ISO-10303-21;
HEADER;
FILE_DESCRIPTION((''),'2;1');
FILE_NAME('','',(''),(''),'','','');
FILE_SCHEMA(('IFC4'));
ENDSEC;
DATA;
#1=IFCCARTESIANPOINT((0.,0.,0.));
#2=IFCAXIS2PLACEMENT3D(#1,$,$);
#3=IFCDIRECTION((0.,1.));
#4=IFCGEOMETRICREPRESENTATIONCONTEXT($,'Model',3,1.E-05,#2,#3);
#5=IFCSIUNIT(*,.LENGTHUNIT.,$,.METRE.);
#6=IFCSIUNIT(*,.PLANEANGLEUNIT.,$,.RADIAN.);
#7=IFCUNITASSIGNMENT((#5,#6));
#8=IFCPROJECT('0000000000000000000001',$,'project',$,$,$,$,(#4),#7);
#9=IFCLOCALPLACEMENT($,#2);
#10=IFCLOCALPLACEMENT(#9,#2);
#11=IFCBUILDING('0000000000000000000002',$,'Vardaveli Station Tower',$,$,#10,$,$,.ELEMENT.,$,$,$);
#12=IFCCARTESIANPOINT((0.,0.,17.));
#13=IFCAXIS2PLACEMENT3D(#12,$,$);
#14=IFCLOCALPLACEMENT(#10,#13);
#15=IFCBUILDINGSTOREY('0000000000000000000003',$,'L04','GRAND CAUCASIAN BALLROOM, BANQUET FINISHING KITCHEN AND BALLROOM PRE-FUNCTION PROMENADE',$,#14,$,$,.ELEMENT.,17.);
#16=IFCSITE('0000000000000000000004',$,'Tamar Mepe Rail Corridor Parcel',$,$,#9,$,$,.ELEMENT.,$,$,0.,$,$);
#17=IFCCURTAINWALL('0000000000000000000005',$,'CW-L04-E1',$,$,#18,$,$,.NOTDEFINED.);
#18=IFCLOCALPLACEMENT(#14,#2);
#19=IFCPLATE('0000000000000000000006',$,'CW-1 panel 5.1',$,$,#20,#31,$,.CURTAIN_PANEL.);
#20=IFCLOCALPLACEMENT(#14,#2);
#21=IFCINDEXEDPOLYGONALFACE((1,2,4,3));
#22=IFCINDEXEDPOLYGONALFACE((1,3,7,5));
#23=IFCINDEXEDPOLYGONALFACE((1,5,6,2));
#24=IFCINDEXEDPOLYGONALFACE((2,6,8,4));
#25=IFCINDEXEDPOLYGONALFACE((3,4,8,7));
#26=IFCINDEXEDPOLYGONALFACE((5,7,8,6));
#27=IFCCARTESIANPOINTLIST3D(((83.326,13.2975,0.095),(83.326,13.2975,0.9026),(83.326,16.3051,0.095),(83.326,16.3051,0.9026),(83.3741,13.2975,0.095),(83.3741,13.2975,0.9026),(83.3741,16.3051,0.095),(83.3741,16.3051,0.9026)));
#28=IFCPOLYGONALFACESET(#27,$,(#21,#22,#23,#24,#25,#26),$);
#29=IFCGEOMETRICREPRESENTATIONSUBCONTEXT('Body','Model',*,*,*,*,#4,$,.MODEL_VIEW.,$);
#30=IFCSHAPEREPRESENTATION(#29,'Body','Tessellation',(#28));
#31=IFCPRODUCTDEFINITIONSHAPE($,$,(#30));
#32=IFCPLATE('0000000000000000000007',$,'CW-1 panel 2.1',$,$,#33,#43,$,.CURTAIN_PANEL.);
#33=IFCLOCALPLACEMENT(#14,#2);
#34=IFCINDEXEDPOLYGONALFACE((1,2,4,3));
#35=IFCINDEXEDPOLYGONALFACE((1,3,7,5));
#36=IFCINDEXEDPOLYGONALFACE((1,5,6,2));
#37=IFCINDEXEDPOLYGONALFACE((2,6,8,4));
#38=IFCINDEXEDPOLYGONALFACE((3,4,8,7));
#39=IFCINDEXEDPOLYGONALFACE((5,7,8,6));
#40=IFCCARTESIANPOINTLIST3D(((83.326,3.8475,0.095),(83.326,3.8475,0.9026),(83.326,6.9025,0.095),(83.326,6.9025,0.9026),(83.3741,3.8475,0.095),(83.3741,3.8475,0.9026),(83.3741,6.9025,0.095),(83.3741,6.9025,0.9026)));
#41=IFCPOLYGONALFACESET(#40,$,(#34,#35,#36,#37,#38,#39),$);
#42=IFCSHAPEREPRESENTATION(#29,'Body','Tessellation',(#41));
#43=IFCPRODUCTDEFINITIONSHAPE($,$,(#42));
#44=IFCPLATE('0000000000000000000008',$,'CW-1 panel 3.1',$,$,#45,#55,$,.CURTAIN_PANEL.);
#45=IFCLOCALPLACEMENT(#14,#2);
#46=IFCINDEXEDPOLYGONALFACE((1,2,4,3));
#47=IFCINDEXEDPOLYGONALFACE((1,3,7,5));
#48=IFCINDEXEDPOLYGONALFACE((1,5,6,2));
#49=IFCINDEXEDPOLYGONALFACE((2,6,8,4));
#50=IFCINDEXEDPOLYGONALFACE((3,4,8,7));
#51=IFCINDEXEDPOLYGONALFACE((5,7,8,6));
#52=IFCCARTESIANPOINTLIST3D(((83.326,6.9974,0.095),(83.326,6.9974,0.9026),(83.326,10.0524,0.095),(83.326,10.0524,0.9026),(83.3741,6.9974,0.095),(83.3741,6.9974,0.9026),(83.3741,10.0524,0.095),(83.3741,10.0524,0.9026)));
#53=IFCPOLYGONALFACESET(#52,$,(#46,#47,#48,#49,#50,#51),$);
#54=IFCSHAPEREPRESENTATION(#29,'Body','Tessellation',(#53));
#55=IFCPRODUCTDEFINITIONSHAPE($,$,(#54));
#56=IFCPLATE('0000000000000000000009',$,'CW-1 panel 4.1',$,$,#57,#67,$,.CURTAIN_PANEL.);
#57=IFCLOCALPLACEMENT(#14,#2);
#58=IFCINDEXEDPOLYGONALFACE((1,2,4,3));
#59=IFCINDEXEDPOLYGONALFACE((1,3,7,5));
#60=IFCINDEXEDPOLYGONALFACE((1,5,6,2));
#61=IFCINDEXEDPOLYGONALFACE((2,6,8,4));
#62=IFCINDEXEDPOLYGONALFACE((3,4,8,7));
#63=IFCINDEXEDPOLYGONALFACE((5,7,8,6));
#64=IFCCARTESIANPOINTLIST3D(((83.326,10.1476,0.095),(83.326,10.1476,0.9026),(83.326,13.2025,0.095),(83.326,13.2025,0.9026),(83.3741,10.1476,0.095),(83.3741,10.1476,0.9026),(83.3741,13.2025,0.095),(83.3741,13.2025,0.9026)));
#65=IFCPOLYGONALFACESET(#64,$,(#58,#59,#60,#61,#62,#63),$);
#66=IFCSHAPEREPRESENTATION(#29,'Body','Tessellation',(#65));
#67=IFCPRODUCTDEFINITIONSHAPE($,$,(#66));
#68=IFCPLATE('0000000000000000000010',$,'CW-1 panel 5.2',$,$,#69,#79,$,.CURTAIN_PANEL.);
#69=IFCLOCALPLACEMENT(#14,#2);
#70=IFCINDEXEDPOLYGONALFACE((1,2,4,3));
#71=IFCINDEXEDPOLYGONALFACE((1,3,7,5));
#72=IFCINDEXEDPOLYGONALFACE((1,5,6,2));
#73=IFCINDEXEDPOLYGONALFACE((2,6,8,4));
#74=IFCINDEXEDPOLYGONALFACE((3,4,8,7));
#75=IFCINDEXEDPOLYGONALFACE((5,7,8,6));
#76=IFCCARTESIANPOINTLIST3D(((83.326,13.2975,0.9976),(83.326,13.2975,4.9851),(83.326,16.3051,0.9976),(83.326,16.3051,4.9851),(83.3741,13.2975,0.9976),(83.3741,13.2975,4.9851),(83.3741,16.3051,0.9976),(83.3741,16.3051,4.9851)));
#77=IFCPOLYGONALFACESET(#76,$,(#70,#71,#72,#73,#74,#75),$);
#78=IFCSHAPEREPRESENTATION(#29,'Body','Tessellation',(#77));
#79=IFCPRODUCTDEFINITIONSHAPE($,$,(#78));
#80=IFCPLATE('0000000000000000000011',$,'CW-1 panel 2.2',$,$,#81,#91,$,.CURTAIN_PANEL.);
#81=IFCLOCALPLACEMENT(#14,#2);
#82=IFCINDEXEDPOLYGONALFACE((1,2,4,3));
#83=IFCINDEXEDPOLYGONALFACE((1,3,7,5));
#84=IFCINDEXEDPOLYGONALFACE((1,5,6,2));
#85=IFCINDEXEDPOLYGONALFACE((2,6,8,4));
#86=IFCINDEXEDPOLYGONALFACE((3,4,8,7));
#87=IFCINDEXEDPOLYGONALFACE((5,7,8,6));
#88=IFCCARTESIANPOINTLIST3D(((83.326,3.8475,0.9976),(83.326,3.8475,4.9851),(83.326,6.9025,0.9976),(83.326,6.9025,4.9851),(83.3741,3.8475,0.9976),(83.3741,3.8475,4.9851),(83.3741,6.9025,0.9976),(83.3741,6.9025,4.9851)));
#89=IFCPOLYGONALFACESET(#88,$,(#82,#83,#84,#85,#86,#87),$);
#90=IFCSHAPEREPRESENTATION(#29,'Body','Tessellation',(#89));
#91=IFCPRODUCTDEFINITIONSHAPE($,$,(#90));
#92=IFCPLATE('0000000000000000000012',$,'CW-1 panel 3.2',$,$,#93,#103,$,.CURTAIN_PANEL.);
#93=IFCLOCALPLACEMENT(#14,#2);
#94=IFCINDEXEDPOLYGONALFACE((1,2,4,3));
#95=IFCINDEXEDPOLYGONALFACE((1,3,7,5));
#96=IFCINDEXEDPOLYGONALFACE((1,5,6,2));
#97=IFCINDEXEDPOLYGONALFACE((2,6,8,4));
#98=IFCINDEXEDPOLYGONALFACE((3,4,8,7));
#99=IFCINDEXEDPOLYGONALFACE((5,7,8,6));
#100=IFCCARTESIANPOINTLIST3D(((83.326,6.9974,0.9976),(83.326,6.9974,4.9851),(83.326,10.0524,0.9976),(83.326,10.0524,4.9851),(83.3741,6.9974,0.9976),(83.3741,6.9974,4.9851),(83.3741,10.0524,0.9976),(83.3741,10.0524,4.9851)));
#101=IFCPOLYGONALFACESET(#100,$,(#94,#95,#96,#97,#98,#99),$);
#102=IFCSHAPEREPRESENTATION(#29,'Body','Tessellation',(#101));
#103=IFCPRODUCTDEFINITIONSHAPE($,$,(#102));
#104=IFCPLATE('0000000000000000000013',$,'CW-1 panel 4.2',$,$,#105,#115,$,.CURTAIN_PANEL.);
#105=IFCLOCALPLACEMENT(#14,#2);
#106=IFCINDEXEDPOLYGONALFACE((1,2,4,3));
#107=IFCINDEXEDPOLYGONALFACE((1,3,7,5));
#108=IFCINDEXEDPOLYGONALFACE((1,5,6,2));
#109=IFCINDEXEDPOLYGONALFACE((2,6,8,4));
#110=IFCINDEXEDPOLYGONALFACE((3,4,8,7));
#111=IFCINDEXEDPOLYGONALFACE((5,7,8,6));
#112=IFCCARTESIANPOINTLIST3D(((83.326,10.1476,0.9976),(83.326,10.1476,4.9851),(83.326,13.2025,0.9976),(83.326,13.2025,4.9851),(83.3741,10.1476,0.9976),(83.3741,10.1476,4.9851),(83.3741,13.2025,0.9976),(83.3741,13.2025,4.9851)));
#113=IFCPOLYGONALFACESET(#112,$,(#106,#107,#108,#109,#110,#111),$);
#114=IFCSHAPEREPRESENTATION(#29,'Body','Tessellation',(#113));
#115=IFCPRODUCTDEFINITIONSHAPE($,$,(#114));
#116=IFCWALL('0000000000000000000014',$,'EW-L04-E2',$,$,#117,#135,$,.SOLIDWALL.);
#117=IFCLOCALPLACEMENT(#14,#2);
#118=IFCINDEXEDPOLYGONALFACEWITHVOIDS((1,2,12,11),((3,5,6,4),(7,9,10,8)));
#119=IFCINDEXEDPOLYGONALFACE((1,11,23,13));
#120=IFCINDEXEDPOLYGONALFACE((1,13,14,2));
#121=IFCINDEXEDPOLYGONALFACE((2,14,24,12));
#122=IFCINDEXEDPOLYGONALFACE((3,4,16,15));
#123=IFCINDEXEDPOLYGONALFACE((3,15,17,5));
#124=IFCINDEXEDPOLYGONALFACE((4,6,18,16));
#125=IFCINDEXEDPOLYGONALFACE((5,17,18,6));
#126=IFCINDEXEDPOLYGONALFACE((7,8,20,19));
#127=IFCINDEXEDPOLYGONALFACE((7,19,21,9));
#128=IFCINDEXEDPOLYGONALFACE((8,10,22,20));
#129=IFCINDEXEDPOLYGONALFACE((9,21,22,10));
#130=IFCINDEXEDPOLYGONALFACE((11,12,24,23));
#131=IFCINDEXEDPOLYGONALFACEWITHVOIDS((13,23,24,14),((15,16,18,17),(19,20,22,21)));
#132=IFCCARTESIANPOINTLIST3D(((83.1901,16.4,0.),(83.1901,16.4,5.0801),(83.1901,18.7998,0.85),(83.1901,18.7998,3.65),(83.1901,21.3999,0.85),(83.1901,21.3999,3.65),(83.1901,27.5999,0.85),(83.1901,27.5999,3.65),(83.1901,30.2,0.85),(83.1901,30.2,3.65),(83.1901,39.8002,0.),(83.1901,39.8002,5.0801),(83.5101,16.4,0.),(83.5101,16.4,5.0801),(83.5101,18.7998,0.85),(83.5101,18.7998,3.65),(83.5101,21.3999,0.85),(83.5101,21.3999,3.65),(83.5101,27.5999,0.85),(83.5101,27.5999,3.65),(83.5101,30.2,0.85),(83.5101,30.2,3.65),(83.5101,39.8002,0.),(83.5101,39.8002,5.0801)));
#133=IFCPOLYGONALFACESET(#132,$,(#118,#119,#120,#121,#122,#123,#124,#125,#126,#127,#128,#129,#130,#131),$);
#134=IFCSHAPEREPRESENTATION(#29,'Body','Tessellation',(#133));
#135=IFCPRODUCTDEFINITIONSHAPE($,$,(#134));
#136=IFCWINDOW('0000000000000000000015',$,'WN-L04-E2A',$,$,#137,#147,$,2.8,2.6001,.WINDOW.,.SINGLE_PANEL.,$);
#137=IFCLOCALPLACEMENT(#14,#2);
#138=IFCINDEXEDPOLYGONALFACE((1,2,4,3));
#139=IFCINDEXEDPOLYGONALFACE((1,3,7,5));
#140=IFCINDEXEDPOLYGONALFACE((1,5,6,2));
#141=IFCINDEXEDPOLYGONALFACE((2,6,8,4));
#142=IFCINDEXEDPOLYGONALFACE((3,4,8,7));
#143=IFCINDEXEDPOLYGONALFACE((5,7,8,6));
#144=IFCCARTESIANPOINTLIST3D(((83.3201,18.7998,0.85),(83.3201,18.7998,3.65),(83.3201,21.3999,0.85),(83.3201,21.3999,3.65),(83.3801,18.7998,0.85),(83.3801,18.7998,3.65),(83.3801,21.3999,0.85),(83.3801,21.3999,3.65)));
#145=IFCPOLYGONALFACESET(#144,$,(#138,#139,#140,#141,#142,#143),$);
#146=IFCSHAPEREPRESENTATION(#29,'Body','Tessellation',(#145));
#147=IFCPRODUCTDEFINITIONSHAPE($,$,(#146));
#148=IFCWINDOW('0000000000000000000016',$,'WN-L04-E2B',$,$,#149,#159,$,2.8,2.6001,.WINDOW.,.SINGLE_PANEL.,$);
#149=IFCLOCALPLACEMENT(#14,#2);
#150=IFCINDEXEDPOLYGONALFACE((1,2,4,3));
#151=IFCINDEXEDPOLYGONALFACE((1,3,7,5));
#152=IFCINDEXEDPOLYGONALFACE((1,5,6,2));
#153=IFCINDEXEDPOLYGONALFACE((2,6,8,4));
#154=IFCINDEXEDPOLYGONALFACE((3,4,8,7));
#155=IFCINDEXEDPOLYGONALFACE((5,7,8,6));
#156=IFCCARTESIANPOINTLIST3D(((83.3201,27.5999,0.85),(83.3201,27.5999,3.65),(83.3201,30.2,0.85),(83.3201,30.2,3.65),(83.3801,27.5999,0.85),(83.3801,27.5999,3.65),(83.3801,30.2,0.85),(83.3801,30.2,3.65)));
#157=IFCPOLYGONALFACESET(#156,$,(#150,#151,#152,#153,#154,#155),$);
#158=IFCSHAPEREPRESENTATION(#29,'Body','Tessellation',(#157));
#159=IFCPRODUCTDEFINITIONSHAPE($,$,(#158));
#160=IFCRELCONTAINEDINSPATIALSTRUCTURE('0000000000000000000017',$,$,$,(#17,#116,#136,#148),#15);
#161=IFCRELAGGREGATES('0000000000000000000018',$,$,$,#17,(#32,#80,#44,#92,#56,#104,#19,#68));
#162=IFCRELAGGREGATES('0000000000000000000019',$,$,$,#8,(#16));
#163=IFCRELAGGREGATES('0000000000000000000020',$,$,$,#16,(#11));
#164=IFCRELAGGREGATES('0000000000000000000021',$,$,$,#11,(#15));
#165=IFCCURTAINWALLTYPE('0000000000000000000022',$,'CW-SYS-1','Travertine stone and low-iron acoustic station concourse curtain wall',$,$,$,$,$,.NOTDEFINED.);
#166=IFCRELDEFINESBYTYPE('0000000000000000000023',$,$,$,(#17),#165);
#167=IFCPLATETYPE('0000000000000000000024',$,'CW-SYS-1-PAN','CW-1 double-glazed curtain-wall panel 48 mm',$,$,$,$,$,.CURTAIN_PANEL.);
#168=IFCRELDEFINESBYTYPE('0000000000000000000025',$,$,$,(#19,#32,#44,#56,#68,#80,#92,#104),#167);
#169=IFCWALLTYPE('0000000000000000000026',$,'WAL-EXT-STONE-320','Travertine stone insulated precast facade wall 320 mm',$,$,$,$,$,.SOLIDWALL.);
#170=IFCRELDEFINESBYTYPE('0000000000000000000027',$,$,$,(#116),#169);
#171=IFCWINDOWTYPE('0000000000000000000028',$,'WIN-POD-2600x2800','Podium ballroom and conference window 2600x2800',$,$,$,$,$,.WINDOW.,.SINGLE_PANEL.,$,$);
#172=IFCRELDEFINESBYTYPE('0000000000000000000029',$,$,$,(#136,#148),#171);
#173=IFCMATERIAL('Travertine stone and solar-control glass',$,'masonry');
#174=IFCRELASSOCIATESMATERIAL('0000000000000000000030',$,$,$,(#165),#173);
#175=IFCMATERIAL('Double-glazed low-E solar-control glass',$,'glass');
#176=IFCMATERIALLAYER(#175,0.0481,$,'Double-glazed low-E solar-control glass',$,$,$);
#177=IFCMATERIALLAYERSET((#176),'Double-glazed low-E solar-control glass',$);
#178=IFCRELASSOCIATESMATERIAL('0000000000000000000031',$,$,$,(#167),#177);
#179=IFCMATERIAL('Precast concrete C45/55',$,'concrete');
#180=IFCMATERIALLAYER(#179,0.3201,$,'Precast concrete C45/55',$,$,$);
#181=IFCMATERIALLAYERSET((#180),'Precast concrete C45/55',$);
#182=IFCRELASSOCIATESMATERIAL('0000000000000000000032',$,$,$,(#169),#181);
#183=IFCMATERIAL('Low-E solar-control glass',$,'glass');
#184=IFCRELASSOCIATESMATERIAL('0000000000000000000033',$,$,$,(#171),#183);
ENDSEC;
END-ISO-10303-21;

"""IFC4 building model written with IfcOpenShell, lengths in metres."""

from ifc_helpers import new_model, si_unit, direction, frame, frame_2d, origin, origin_2d, place, context, subcontext, project, spatial, rectangle, extrude, source, transform, mapped, material, layer, layer_set, type_object, element, fill, aggregate, save


model = new_model("IFC4")

# Units and contexts
model_context = context("Model", 3, precision=1e-05, world=origin(), true_north=direction((0.0, 1.0)))
body_context = subcontext(model_context, "Body", "Model", "MODEL_VIEW")
ifc_project = project(units=[si_unit("LENGTHUNIT", "METRE"), si_unit("PLANEANGLEUNIT", "RADIAN")], contexts=[model_context])

# Site, building, storey
site_placement = place(None, origin())
site = spatial("IfcSite", under=ifc_project, at=site_placement, Name="Tamar Mepe Rail Corridor Parcel", CompositionType="ELEMENT", RefElevation=0.0)
building_placement = place(site_placement, origin())
building = spatial("IfcBuilding", under=site, at=building_placement, Name="Vardaveli Station Tower", CompositionType="ELEMENT")
storey_placement = place(building_placement, frame((0.0, 0.0, 17.0)))
storey = spatial("IfcBuildingStorey", under=building, at=storey_placement, Name="L04", Description="GRAND CAUCASIAN BALLROOM, BANQUET FINISHING KITCHEN AND BALLROOM PRE-FUNCTION PROMENADE", CompositionType="ELEMENT", Elevation=17.0)

# Curtain wall, plates
ifc_material_1 = material(Name="Travertine stone and solar-control glass", Category="masonry")
curtain_wall_type = type_object("IfcCurtainWallType", Name="CW-SYS-1", Description="Travertine stone and low-iron acoustic station concourse curtain wall", PredefinedType="NOTDEFINED", material=ifc_material_1)
curtain_wall_placement = place(storey_placement, origin())
curtain_wall = element("IfcCurtainWall", 1, at=curtain_wall_placement, inside=storey, type_object=curtain_wall_type, Name="CW-L04-E1", PredefinedType="NOTDEFINED")
ifc_material_2 = material(Name="Double-glazed low-E solar-control glass", Category="glass")
ifc_layer_1 = layer(ifc_material_2, 0.0481, Name="Double-glazed low-E solar-control glass")
ifc_layer_set_1 = layer_set([ifc_layer_1], Name="Double-glazed low-E solar-control glass")
plate_type = type_object("IfcPlateType", Name="CW-SYS-1-PAN", Description="CW-1 double-glazed curtain-wall panel 48 mm", PredefinedType="CURTAIN_PANEL", material=ifc_layer_set_1)
shared_shape_1 = source(origin(), body_context, "Body", "SweptSolid", [
    extrude(rectangle(XDim=3.0076, YDim=0.0481, at=origin_2d()), origin(), (0.0, 0.0, 1.0), 0.8076),
])
plate_1_placement = place(storey_placement, frame((83.3501, 14.8013, 0.095), z_axis=(0.0, 0.0, 1.0), x_axis=(0.0, 1.0, 0.0)))
plate_1 = element("IfcPlate", 2, at=plate_1_placement, type_object=plate_type, Name="CW-1 panel 5.1", PredefinedType="CURTAIN_PANEL", context=body_context, shape_type="MappedRepresentation", body=[
    mapped(shared_shape_1, transform((0.0, 0.0, 0.0), scale=1.0)),
])
shared_shape_2 = source(origin(), body_context, "Body", "SweptSolid", [
    extrude(rectangle(XDim=3.0549, YDim=0.0481, at=origin_2d()), origin(), (0.0, 0.0, 1.0), 0.8076),
])
plate_2_placement = place(storey_placement, frame((83.3501, 5.375, 0.095), z_axis=(0.0, 0.0, 1.0), x_axis=(0.0, 1.0, 0.0)))
plate_2 = element("IfcPlate", 3, at=plate_2_placement, type_object=plate_type, Name="CW-1 panel 2.1", PredefinedType="CURTAIN_PANEL", context=body_context, shape_type="MappedRepresentation", body=[
    mapped(shared_shape_2, transform((0.0, 0.0, 0.0), scale=1.0)),
])
plate_3_placement = place(storey_placement, frame((83.3501, 8.5249, 0.095), z_axis=(0.0, 0.0, 1.0), x_axis=(0.0, 1.0, 0.0)))
plate_3 = element("IfcPlate", 4, at=plate_3_placement, type_object=plate_type, Name="CW-1 panel 3.1", PredefinedType="CURTAIN_PANEL", context=body_context, shape_type="MappedRepresentation", body=[
    mapped(shared_shape_2, transform((0.0, 0.0, 0.0), scale=1.0)),
])
plate_4_placement = place(storey_placement, frame((83.3501, 11.675, 0.095), z_axis=(0.0, 0.0, 1.0), x_axis=(0.0, 1.0, 0.0)))
plate_4 = element("IfcPlate", 5, at=plate_4_placement, type_object=plate_type, Name="CW-1 panel 4.1", PredefinedType="CURTAIN_PANEL", context=body_context, shape_type="MappedRepresentation", body=[
    mapped(shared_shape_2, transform((0.0, 0.0, 0.0), scale=1.0)),
])
shared_shape_3 = source(origin(), body_context, "Body", "SweptSolid", [
    extrude(rectangle(XDim=3.0076, YDim=0.0481, at=origin_2d()), origin(), (0.0, 0.0, 1.0), 3.9875),
])
plate_5_placement = place(storey_placement, frame((83.3501, 14.8013, 0.9976), z_axis=(0.0, 0.0, 1.0), x_axis=(0.0, 1.0, 0.0)))
plate_5 = element("IfcPlate", 6, at=plate_5_placement, type_object=plate_type, Name="CW-1 panel 5.2", PredefinedType="CURTAIN_PANEL", context=body_context, shape_type="MappedRepresentation", body=[
    mapped(shared_shape_3, transform((0.0, 0.0, 0.0), scale=1.0)),
])
shared_shape_4 = source(origin(), body_context, "Body", "SweptSolid", [
    extrude(rectangle(XDim=3.0549, YDim=0.0481, at=origin_2d()), origin(), (0.0, 0.0, 1.0), 3.9875),
])
plate_6_placement = place(storey_placement, frame((83.3501, 5.375, 0.9976), z_axis=(0.0, 0.0, 1.0), x_axis=(0.0, 1.0, 0.0)))
plate_6 = element("IfcPlate", 7, at=plate_6_placement, type_object=plate_type, Name="CW-1 panel 2.2", PredefinedType="CURTAIN_PANEL", context=body_context, shape_type="MappedRepresentation", body=[
    mapped(shared_shape_4, transform((0.0, 0.0, 0.0), scale=1.0)),
])
plate_7_placement = place(storey_placement, frame((83.3501, 8.5249, 0.9976), z_axis=(0.0, 0.0, 1.0), x_axis=(0.0, 1.0, 0.0)))
plate_7 = element("IfcPlate", 8, at=plate_7_placement, type_object=plate_type, Name="CW-1 panel 3.2", PredefinedType="CURTAIN_PANEL", context=body_context, shape_type="MappedRepresentation", body=[
    mapped(shared_shape_4, transform((0.0, 0.0, 0.0), scale=1.0)),
])
plate_8_placement = place(storey_placement, frame((83.3501, 11.675, 0.9976), z_axis=(0.0, 0.0, 1.0), x_axis=(0.0, 1.0, 0.0)))
plate_8 = element("IfcPlate", 9, at=plate_8_placement, type_object=plate_type, Name="CW-1 panel 4.2", PredefinedType="CURTAIN_PANEL", context=body_context, shape_type="MappedRepresentation", body=[
    mapped(shared_shape_4, transform((0.0, 0.0, 0.0), scale=1.0)),
])
aggregate(curtain_wall, [plate_2, plate_6, plate_3, plate_7, plate_4, plate_8, plate_1, plate_5])

# Wall, openings, windows
ifc_material_3 = material(Name="Precast concrete C45/55", Category="concrete")
ifc_layer_2 = layer(ifc_material_3, 0.3201, Name="Precast concrete C45/55")
ifc_layer_set_2 = layer_set([ifc_layer_2], Name="Precast concrete C45/55")
wall_type = type_object("IfcWallType", Name="WAL-EXT-STONE-320", Description="Travertine stone insulated precast facade wall 320 mm", PredefinedType="SOLIDWALL", material=ifc_layer_set_2)
shared_shape_5 = source(origin(), body_context, "Body", "SweptSolid", [
    extrude(rectangle(XDim=23.4001, YDim=0.3201, at=frame_2d((11.7002, 0.0))), origin(), (0.0, 0.0, 1.0), 5.0801),
])
wall_placement = place(storey_placement, frame((83.3501, 16.3999, 0.0), z_axis=(0.0, 0.0, 1.0), x_axis=(0.0, 1.0, 0.0)))
wall = element("IfcWall", 10, at=wall_placement, inside=storey, type_object=wall_type, Name="EW-L04-E2", PredefinedType="SOLIDWALL", context=body_context, shape_type="MappedRepresentation", body=[
    mapped(shared_shape_5, transform((0.0, 0.0, 0.0), scale=1.0)),
])
shared_shape_6 = source(origin(), body_context, "Body", "SweptSolid", [
    extrude(rectangle(XDim=2.6001, YDim=2.8, at=frame_2d((1.3, 1.3999))), frame((0.0, 0.1699, 0.0), z_axis=(0.0, -1.0, 0.0), x_axis=(1.0, 0.0, 0.0)), (0.0, 0.0, 1.0), 0.3401),
])
opening_1_placement = place(wall_placement, frame((2.3999, 0.0, 0.8501)))
opening_1 = element("IfcOpeningElement", 11, at=opening_1_placement, cuts=wall, PredefinedType="OPENING", context=body_context, shape_type="MappedRepresentation", body=[
    mapped(shared_shape_6, transform((0.0, 0.0, 0.0), scale=1.0)),
])
opening_2_placement = place(wall_placement, frame((11.2, 0.0, 0.8501)))
opening_2 = element("IfcOpeningElement", 12, at=opening_2_placement, cuts=wall, PredefinedType="OPENING", context=body_context, shape_type="MappedRepresentation", body=[
    mapped(shared_shape_6, transform((0.0, 0.0, 0.0), scale=1.0)),
])
ifc_material_4 = material(Name="Low-E solar-control glass", Category="glass")
window_type = type_object("IfcWindowType", Name="WIN-POD-2600x2800", Description="Podium ballroom and conference window 2600x2800", PartitioningType="SINGLE_PANEL", PredefinedType="WINDOW", material=ifc_material_4)
shared_shape_7 = source(origin(), body_context, "Body", "SweptSolid", [
    extrude(rectangle(XDim=2.6001, YDim=2.8, at=frame_2d((1.3, 1.3999))), frame((0.0, 0.03, 0.0), z_axis=(0.0, -1.0, 0.0), x_axis=(1.0, 0.0, 0.0)), (0.0, 0.0, 1.0), 0.0601),
])
window_1_placement = place(opening_1_placement, origin())
window_1 = element("IfcWindow", 13, at=window_1_placement, inside=storey, type_object=window_type, Name="WN-L04-E2A", OverallHeight=2.8, OverallWidth=2.6001, PartitioningType="SINGLE_PANEL", PredefinedType="WINDOW", context=body_context, shape_type="MappedRepresentation", body=[
    mapped(shared_shape_7, transform((0.0, 0.0, 0.0), scale=1.0)),
])
fill(opening_1, window_1)
window_2_placement = place(opening_2_placement, origin())
window_2 = element("IfcWindow", 14, at=window_2_placement, inside=storey, type_object=window_type, Name="WN-L04-E2B", OverallHeight=2.8, OverallWidth=2.6001, PartitioningType="SINGLE_PANEL", PredefinedType="WINDOW", context=body_context, shape_type="MappedRepresentation", body=[
    mapped(shared_shape_7, transform((0.0, 0.0, 0.0), scale=1.0)),
])
fill(opening_2, window_2)

save(model, "model.ifc")
